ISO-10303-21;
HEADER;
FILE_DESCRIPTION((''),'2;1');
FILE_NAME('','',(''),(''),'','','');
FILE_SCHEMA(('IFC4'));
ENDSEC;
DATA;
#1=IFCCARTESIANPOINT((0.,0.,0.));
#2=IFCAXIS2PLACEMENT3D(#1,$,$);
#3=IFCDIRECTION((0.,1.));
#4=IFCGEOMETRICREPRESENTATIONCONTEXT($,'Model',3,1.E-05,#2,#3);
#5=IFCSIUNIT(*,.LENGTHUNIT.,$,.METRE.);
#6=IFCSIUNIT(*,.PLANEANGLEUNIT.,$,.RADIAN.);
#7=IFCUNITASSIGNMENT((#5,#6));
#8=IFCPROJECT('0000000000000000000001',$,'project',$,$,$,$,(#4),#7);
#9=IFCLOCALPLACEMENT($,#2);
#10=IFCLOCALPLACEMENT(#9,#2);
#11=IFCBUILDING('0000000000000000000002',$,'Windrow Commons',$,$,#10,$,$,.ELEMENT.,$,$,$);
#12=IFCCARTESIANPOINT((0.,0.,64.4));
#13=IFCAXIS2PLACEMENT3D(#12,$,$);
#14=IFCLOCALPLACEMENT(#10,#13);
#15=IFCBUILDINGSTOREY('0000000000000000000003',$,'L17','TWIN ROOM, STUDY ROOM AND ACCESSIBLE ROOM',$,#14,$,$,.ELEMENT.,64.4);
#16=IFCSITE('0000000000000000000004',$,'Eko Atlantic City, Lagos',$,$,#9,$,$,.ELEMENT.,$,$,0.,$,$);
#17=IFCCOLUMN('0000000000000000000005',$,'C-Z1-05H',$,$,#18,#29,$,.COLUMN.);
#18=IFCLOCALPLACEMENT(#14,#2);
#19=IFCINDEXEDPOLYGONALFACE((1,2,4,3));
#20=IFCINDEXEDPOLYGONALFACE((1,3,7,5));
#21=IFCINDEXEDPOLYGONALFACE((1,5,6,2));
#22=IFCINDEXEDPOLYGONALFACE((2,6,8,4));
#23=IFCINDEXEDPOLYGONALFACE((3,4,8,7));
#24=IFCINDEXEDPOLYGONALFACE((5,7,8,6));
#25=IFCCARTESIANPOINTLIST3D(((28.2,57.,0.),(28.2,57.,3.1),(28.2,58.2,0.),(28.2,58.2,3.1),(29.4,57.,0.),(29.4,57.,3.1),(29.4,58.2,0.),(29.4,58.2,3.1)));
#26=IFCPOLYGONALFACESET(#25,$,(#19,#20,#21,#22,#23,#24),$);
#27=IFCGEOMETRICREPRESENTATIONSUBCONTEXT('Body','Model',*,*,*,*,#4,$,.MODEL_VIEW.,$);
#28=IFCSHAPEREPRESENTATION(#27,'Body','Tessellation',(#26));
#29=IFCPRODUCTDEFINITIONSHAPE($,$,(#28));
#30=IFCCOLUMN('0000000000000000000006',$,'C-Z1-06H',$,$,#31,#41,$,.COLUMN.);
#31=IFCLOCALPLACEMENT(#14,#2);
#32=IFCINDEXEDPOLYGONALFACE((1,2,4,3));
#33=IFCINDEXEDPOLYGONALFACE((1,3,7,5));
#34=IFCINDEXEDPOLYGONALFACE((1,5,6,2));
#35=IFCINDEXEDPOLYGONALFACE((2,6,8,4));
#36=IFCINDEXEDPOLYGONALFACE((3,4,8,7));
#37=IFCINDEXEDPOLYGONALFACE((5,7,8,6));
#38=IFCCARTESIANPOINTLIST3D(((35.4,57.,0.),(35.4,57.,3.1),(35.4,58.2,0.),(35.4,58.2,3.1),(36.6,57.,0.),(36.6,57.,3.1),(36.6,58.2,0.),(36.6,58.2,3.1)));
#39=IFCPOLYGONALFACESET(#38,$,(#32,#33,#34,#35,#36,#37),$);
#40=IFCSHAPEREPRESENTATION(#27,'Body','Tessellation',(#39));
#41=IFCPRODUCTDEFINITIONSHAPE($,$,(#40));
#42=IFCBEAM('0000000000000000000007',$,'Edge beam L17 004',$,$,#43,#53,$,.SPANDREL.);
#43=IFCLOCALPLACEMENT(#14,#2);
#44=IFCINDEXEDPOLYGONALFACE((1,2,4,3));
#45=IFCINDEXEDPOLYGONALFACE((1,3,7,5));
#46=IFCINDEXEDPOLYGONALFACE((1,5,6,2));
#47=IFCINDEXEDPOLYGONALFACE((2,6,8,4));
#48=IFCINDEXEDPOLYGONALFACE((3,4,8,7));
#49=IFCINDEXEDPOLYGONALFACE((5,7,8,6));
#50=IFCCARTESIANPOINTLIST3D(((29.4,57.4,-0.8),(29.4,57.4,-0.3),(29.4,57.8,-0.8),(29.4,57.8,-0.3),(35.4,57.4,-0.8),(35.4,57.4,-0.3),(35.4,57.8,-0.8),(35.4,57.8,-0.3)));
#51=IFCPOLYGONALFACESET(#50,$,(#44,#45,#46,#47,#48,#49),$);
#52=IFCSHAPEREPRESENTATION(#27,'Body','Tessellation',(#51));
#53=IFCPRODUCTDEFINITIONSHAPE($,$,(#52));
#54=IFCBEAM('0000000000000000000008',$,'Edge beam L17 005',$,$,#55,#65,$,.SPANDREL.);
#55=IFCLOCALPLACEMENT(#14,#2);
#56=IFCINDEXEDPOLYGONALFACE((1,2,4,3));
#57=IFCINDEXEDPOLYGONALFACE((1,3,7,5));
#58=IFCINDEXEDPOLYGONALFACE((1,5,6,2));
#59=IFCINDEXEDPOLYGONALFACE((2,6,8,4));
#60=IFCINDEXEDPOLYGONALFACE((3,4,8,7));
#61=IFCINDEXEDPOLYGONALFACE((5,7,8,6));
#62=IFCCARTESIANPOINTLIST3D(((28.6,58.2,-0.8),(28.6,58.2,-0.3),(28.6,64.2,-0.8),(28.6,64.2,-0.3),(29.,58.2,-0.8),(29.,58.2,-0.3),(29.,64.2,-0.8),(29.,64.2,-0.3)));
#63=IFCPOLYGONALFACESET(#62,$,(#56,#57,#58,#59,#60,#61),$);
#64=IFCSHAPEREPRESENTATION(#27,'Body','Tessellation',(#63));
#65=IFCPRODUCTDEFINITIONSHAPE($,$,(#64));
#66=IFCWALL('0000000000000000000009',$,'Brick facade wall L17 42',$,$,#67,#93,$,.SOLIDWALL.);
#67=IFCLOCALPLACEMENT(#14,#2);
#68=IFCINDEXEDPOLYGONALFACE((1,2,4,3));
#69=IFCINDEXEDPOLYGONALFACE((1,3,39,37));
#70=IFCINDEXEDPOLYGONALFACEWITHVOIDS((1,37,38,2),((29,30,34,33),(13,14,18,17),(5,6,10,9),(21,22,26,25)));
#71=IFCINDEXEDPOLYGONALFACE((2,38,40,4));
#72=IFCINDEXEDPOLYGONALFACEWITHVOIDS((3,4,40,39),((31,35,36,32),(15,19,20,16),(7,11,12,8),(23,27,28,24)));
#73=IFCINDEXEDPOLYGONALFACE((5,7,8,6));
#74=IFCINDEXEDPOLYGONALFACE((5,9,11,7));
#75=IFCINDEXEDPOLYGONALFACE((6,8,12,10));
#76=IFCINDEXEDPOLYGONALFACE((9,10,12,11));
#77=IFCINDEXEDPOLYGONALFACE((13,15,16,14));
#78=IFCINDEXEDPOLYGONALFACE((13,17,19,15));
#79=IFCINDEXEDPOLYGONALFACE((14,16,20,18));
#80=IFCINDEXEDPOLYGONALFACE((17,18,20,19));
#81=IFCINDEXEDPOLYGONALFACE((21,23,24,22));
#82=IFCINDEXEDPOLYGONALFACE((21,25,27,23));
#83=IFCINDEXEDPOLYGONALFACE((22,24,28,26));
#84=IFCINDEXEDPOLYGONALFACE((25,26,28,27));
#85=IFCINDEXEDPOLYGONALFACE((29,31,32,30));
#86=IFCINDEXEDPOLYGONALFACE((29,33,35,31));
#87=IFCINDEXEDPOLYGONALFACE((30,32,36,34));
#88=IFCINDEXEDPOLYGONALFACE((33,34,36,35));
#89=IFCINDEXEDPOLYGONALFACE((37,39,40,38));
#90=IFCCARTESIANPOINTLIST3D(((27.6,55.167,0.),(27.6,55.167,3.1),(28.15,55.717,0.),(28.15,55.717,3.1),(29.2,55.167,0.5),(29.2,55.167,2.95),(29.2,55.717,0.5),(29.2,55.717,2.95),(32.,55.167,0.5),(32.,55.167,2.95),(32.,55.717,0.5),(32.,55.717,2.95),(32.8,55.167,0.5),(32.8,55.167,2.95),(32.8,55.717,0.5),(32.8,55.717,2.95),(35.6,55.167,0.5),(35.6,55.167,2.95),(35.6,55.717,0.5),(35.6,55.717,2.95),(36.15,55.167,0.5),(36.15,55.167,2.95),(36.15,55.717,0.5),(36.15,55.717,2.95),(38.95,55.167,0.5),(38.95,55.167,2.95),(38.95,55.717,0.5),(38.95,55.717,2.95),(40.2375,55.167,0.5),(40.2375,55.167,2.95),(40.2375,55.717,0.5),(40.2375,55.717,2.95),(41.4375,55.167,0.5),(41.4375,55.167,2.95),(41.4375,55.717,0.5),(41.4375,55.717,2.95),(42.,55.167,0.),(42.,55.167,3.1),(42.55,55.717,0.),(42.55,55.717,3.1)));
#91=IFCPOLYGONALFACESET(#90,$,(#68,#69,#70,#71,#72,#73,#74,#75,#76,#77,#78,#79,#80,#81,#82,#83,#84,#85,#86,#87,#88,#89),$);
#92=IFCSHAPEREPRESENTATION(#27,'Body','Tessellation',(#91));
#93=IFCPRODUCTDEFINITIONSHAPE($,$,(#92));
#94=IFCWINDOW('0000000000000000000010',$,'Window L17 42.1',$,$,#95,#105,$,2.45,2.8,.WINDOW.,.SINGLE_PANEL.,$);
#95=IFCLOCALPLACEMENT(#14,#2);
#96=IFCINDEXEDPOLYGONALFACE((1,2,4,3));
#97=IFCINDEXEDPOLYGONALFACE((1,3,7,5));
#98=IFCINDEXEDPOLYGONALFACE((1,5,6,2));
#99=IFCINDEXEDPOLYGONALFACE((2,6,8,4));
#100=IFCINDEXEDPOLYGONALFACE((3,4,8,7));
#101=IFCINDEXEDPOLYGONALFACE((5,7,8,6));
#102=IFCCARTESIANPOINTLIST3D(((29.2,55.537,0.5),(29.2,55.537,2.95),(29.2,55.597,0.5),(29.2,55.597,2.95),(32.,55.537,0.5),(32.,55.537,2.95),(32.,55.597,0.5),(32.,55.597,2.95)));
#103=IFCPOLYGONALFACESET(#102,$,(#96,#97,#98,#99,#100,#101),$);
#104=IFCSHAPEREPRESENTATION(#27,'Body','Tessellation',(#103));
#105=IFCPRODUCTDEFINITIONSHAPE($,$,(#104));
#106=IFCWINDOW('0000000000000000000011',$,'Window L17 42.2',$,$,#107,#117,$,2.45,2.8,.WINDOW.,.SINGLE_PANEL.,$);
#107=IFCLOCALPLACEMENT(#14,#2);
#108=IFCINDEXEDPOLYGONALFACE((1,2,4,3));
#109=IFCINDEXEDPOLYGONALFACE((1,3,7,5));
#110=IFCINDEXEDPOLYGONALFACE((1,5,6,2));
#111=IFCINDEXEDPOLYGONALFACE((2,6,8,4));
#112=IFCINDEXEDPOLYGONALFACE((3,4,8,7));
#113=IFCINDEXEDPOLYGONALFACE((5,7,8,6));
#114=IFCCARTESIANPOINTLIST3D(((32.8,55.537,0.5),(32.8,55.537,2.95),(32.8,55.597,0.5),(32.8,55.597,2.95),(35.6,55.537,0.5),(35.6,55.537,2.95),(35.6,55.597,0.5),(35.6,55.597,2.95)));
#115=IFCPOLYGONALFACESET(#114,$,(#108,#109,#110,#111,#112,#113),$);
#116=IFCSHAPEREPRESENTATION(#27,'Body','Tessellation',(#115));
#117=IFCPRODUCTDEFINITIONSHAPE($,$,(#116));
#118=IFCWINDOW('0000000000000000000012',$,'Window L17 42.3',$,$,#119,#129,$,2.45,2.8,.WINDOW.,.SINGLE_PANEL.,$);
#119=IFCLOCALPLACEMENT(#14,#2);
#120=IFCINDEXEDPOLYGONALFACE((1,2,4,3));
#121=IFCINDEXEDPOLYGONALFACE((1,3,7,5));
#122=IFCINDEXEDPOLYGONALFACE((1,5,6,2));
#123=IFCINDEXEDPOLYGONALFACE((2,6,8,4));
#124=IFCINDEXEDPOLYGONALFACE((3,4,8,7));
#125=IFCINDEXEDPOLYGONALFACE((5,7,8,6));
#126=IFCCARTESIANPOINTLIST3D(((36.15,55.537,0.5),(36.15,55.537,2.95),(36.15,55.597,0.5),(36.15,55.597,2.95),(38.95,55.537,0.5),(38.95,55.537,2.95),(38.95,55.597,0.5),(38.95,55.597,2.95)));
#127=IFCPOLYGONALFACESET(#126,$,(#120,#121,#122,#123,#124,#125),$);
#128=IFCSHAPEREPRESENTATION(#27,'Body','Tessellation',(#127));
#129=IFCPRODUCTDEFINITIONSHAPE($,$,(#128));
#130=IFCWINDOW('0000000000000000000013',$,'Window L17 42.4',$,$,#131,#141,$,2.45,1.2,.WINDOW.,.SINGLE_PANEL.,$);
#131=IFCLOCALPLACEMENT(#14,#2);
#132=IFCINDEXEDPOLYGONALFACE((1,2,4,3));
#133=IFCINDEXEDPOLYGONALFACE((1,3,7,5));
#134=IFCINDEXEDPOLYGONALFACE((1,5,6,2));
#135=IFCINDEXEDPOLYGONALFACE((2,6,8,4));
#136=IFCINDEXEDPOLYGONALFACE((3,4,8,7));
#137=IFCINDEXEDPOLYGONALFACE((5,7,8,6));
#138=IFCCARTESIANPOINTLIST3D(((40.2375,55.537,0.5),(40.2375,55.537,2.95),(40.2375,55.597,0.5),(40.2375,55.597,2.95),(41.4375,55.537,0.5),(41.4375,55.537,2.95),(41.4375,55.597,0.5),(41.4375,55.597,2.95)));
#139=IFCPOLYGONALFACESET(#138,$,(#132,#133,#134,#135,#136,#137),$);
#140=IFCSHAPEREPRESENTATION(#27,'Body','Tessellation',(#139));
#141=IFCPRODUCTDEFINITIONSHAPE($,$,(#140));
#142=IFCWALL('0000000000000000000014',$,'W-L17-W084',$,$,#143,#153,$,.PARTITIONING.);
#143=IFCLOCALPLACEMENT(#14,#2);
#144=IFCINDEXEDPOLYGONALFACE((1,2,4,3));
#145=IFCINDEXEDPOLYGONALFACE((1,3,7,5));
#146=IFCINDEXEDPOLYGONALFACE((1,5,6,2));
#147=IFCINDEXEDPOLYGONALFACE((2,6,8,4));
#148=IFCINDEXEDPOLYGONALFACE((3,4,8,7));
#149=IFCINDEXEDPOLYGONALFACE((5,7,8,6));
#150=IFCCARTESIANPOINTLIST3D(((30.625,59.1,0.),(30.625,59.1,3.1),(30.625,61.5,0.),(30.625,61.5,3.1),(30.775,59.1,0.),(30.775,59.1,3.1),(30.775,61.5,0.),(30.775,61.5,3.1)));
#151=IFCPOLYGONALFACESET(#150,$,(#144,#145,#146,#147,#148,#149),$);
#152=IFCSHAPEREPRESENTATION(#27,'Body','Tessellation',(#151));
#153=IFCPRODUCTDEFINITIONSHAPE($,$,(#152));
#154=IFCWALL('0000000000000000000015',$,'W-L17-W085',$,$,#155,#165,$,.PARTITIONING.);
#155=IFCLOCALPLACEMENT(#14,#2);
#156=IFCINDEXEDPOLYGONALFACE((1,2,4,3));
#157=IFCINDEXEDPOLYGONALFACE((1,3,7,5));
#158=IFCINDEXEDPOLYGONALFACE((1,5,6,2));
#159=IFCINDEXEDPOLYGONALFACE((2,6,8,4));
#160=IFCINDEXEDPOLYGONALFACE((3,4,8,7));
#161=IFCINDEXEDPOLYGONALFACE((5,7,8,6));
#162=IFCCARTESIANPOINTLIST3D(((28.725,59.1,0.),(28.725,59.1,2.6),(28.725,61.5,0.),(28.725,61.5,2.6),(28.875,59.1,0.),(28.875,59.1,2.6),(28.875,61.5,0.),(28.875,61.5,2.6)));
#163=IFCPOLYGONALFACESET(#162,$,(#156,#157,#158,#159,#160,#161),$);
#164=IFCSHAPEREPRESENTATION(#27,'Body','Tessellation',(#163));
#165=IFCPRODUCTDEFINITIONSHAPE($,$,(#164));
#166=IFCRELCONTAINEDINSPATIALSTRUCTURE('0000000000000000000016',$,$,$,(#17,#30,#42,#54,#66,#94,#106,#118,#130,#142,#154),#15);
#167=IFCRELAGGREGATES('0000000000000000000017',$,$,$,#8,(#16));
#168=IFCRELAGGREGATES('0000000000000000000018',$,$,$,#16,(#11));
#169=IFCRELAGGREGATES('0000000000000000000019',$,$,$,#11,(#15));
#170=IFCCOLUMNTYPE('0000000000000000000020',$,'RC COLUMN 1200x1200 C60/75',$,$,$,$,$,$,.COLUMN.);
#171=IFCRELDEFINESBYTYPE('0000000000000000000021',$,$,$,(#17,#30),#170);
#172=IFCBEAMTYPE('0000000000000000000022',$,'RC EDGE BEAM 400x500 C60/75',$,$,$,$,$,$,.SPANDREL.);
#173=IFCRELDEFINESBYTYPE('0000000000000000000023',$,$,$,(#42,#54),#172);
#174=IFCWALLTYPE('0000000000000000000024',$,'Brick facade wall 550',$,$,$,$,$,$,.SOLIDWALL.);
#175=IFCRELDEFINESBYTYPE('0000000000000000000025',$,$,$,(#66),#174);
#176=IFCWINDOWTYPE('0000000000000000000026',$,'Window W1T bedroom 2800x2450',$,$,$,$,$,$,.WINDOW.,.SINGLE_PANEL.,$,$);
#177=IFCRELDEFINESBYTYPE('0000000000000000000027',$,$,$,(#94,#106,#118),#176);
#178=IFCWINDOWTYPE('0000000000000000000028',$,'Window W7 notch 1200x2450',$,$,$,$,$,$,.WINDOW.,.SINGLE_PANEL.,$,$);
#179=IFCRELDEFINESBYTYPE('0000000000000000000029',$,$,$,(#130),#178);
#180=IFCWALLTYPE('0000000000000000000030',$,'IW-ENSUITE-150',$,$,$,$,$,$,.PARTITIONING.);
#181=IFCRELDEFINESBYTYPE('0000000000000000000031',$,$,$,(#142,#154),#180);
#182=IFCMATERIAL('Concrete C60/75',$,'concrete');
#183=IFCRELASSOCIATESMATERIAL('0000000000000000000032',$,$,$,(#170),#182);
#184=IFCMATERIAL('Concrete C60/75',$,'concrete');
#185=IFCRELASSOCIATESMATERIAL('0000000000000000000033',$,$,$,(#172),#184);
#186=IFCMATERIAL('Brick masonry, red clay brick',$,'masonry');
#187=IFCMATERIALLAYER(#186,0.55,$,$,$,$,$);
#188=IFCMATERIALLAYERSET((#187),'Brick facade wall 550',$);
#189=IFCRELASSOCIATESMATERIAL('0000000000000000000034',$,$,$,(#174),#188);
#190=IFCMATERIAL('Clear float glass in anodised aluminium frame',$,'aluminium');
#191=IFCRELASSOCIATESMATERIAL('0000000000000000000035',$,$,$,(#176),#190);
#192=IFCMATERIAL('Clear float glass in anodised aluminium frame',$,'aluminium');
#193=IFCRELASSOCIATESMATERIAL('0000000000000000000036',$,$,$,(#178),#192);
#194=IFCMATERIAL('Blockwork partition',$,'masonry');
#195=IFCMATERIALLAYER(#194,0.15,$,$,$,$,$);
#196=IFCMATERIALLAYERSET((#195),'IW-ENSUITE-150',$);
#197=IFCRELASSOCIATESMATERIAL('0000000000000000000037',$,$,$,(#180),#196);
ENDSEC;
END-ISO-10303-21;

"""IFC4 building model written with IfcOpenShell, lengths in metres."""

from ifc_helpers import new_model, si_unit, direction, frame, frame_2d, origin, origin_2d, place, context, subcontext, project, spatial, polyline, rectangle, outline, extrude, material, layer, layer_set, material_profile, profile_set, type_object, element, fill, save


model = new_model("IFC4")

# Units and contexts
model_context = context("Model", 3, precision=1e-05, world=origin(), true_north=direction((0.0, 1.0)))
body_context = subcontext(model_context, "Body", "Model", "MODEL_VIEW")
ifc_project = project(units=[si_unit("LENGTHUNIT", "METRE"), si_unit("PLANEANGLEUNIT", "RADIAN")], contexts=[model_context])

# Site, building, storey
site_placement = place(None, origin())
site = spatial("IfcSite", under=ifc_project, at=site_placement, Name="Eko Atlantic City, Lagos", CompositionType="ELEMENT", RefElevation=0.0)
building_placement = place(site_placement, origin())
building = spatial("IfcBuilding", under=site, at=building_placement, Name="Windrow Commons", CompositionType="ELEMENT")
storey_placement = place(building_placement, frame((0.0, 0.0, 64.4)))
storey = spatial("IfcBuildingStorey", under=building, at=storey_placement, Name="L17", Description="TWIN ROOM, STUDY ROOM AND ACCESSIBLE ROOM", CompositionType="ELEMENT", Elevation=64.4)

# Columns
ifc_material_1 = material(Name="Concrete C60/75", Category="concrete")
ifc_material_profile_1 = material_profile(ifc_material_1, rectangle(XDim=1.2, YDim=1.2, at=origin_2d()))
ifc_profile_set_1 = profile_set([ifc_material_profile_1], Name="Concrete C60/75")
column_type = type_object("IfcColumnType", Name="RC COLUMN 1200x1200 C60/75", PredefinedType="COLUMN", material=ifc_profile_set_1)
for number, where, z_axis, x_axis, name in (
    (1, (28.8, 57.6, 0.0), (0.0, 0.0, 1.0), (1.0, 0.0, 0.0), "C-Z1-05H"),
    (2, (36.0, 57.6, 0.0), (0.0, 0.0, 1.0), (1.0, 0.0, 0.0), "C-Z1-06H"),
):
    element("IfcColumn", number, at=place(storey_placement, frame(where, z_axis=z_axis, x_axis=x_axis)), inside=storey, type_object=column_type, Name=name, PredefinedType="COLUMN", context=body_context, shape_type="SweptSolid", body=[
        extrude(rectangle(XDim=1.2, YDim=1.2, at=origin_2d()), origin(), (0.0, 0.0, 1.0), 3.1),
    ])

# Beams
ifc_material_2 = material(Name="Concrete C60/75", Category="concrete")
ifc_material_profile_2 = material_profile(ifc_material_2, rectangle(XDim=0.4, YDim=0.5, at=origin_2d()))
ifc_profile_set_2 = profile_set([ifc_material_profile_2], Name="Concrete C60/75")
beam_type = type_object("IfcBeamType", Name="RC EDGE BEAM 400x500 C60/75", PredefinedType="SPANDREL", material=ifc_profile_set_2)
for number, where, z_axis, x_axis, name in (
    (3, (35.4, 57.6, -0.55), (-1.0, 0.0, 0.0), (0.0, -1.0, 0.0), "Edge beam L17 004"),
    (4, (28.8, 58.2, -0.55), (0.0, 1.0, 0.0), (-1.0, 0.0, 0.0), "Edge beam L17 005"),
):
    element("IfcBeam", number, at=place(storey_placement, frame(where, z_axis=z_axis, x_axis=x_axis)), inside=storey, type_object=beam_type, Name=name, PredefinedType="SPANDREL", context=body_context, shape_type="SweptSolid", body=[
        extrude(rectangle(XDim=0.4, YDim=0.5, at=origin_2d()), origin(), (0.0, 0.0, 1.0), 6.0),
    ])

# Wall, openings, windows
ifc_material_3 = material(Name="Brick masonry, red clay brick", Category="masonry")
ifc_layer_1 = layer(ifc_material_3, 0.55)
ifc_layer_set_1 = layer_set([ifc_layer_1], Name="Brick facade wall 550")
wall_type_1 = type_object("IfcWallType", Name="Brick facade wall 550", PredefinedType="SOLIDWALL", material=ifc_layer_set_1)
wall_1_placement = place(storey_placement, frame((27.875, 55.442, 0.0), z_axis=(0.0, 0.0, 1.0), x_axis=(1.0, 0.0, 0.0)))
wall_1 = element("IfcWall", 5, at=wall_1_placement, inside=storey, type_object=wall_type_1, Name="Brick facade wall L17 42", PredefinedType="SOLIDWALL", context=body_context, shape_type="SweptSolid", body=[
    extrude(outline(polyline([(-0.275, -0.275), (14.125, -0.275), (14.675, 0.275), (0.275, 0.275), (-0.275, -0.275)])), origin(), (0.0, 0.0, 1.0), 3.1),
])
opening_1_placement = place(wall_1_placement, frame((1.325, 0.0, 0.5)))
opening_1 = element("IfcOpeningElement", 6, at=opening_1_placement, cuts=wall_1, PredefinedType="OPENING", context=body_context, shape_type="SweptSolid", body=[
    extrude(rectangle(XDim=2.8, YDim=2.45, at=frame_2d((1.4, 1.225))), frame((0.0, 0.285, 0.0), z_axis=(0.0, -1.0, 0.0), x_axis=(1.0, 0.0, 0.0)), (0.0, 0.0, 1.0), 0.57),
])
opening_2_placement = place(wall_1_placement, frame((4.925, 0.0, 0.5)))
opening_2 = element("IfcOpeningElement", 7, at=opening_2_placement, cuts=wall_1, PredefinedType="OPENING", context=body_context, shape_type="SweptSolid", body=[
    extrude(rectangle(XDim=2.8, YDim=2.45, at=frame_2d((1.4, 1.225))), frame((0.0, 0.285, 0.0), z_axis=(0.0, -1.0, 0.0), x_axis=(1.0, 0.0, 0.0)), (0.0, 0.0, 1.0), 0.57),
])
opening_3_placement = place(wall_1_placement, frame((8.275, 0.0, 0.5)))
opening_3 = element("IfcOpeningElement", 8, at=opening_3_placement, cuts=wall_1, PredefinedType="OPENING", context=body_context, shape_type="SweptSolid", body=[
    extrude(rectangle(XDim=2.8, YDim=2.45, at=frame_2d((1.4, 1.225))), frame((0.0, 0.285, 0.0), z_axis=(0.0, -1.0, 0.0), x_axis=(1.0, 0.0, 0.0)), (0.0, 0.0, 1.0), 0.57),
])
opening_4_placement = place(wall_1_placement, frame((12.3625, 0.0, 0.5)))
opening_4 = element("IfcOpeningElement", 9, at=opening_4_placement, cuts=wall_1, PredefinedType="OPENING", context=body_context, shape_type="SweptSolid", body=[
    extrude(rectangle(XDim=1.2, YDim=2.45, at=frame_2d((0.6, 1.225))), frame((0.0, 0.285, 0.0), z_axis=(0.0, -1.0, 0.0), x_axis=(1.0, 0.0, 0.0)), (0.0, 0.0, 1.0), 0.57),
])
ifc_material_4 = material(Name="Clear float glass in anodised aluminium frame", Category="aluminium")
window_type_1 = type_object("IfcWindowType", Name="Window W1T bedroom 2800x2450", PartitioningType="SINGLE_PANEL", PredefinedType="WINDOW", material=ifc_material_4)
window_1_placement = place(opening_1_placement, origin())
window_1 = element("IfcWindow", 10, at=window_1_placement, inside=storey, type_object=window_type_1, Name="Window L17 42.1", OverallHeight=2.45, OverallWidth=2.8, PartitioningType="SINGLE_PANEL", PredefinedType="WINDOW", context=body_context, shape_type="SweptSolid", body=[
    extrude(rectangle(XDim=2.8, YDim=2.45, at=frame_2d((1.4, 1.225))), frame((0.0, 0.155, 0.0), z_axis=(0.0, -1.0, 0.0), x_axis=(1.0, 0.0, 0.0)), (0.0, 0.0, 1.0), 0.06),
])
fill(opening_1, window_1)
window_2_placement = place(opening_2_placement, origin())
window_2 = element("IfcWindow", 11, at=window_2_placement, inside=storey, type_object=window_type_1, Name="Window L17 42.2", OverallHeight=2.45, OverallWidth=2.8, PartitioningType="SINGLE_PANEL", PredefinedType="WINDOW", context=body_context, shape_type="SweptSolid", body=[
    extrude(rectangle(XDim=2.8, YDim=2.45, at=frame_2d((1.4, 1.225))), frame((0.0, 0.155, 0.0), z_axis=(0.0, -1.0, 0.0), x_axis=(1.0, 0.0, 0.0)), (0.0, 0.0, 1.0), 0.06),
])
fill(opening_2, window_2)
window_3_placement = place(opening_3_placement, origin())
window_3 = element("IfcWindow", 12, at=window_3_placement, inside=storey, type_object=window_type_1, Name="Window L17 42.3", OverallHeight=2.45, OverallWidth=2.8, PartitioningType="SINGLE_PANEL", PredefinedType="WINDOW", context=body_context, shape_type="SweptSolid", body=[
    extrude(rectangle(XDim=2.8, YDim=2.45, at=frame_2d((1.4, 1.225))), frame((0.0, 0.155, 0.0), z_axis=(0.0, -1.0, 0.0), x_axis=(1.0, 0.0, 0.0)), (0.0, 0.0, 1.0), 0.06),
])
fill(opening_3, window_3)
ifc_material_5 = material(Name="Clear float glass in anodised aluminium frame", Category="aluminium")
window_type_2 = type_object("IfcWindowType", Name="Window W7 notch 1200x2450", PartitioningType="SINGLE_PANEL", PredefinedType="WINDOW", material=ifc_material_5)
window_4_placement = place(opening_4_placement, origin())
window_4 = element("IfcWindow", 13, at=window_4_placement, inside=storey, type_object=window_type_2, Name="Window L17 42.4", OverallHeight=2.45, OverallWidth=1.2, PartitioningType="SINGLE_PANEL", PredefinedType="WINDOW", context=body_context, shape_type="SweptSolid", body=[
    extrude(rectangle(XDim=1.2, YDim=2.45, at=frame_2d((0.6, 1.225))), frame((0.0, 0.155, 0.0), z_axis=(0.0, -1.0, 0.0), x_axis=(1.0, 0.0, 0.0)), (0.0, 0.0, 1.0), 0.06),
])
fill(opening_4, window_4)

# Walls
ifc_material_6 = material(Name="Blockwork partition", Category="masonry")
ifc_layer_2 = layer(ifc_material_6, 0.15)
ifc_layer_set_2 = layer_set([ifc_layer_2], Name="IW-ENSUITE-150")
wall_type_2 = type_object("IfcWallType", Name="IW-ENSUITE-150", PredefinedType="PARTITIONING", material=ifc_layer_set_2)
wall_2_placement = place(storey_placement, frame((30.7, 59.1, 0.0), z_axis=(0.0, 0.0, 1.0), x_axis=(0.0, 1.0, 0.0)))
element("IfcWall", 14, at=wall_2_placement, inside=storey, type_object=wall_type_2, Name="W-L17-W084", PredefinedType="PARTITIONING", context=body_context, shape_type="SweptSolid", body=[
    extrude(rectangle(XDim=2.4, YDim=0.15, at=frame_2d((1.2, 0.0))), origin(), (0.0, 0.0, 1.0), 3.1),
])
wall_3_placement = place(storey_placement, frame((28.8, 59.1, 0.0), z_axis=(0.0, 0.0, 1.0), x_axis=(0.0, 1.0, 0.0)))
element("IfcWall", 15, at=wall_3_placement, inside=storey, type_object=wall_type_2, Name="W-L17-W085", PredefinedType="PARTITIONING", context=body_context, shape_type="SweptSolid", body=[
    extrude(rectangle(XDim=2.4, YDim=0.15, at=frame_2d((1.2, 0.0))), origin(), (0.0, 0.0, 1.0), 2.6),
])

save(model, "model.ifc")
